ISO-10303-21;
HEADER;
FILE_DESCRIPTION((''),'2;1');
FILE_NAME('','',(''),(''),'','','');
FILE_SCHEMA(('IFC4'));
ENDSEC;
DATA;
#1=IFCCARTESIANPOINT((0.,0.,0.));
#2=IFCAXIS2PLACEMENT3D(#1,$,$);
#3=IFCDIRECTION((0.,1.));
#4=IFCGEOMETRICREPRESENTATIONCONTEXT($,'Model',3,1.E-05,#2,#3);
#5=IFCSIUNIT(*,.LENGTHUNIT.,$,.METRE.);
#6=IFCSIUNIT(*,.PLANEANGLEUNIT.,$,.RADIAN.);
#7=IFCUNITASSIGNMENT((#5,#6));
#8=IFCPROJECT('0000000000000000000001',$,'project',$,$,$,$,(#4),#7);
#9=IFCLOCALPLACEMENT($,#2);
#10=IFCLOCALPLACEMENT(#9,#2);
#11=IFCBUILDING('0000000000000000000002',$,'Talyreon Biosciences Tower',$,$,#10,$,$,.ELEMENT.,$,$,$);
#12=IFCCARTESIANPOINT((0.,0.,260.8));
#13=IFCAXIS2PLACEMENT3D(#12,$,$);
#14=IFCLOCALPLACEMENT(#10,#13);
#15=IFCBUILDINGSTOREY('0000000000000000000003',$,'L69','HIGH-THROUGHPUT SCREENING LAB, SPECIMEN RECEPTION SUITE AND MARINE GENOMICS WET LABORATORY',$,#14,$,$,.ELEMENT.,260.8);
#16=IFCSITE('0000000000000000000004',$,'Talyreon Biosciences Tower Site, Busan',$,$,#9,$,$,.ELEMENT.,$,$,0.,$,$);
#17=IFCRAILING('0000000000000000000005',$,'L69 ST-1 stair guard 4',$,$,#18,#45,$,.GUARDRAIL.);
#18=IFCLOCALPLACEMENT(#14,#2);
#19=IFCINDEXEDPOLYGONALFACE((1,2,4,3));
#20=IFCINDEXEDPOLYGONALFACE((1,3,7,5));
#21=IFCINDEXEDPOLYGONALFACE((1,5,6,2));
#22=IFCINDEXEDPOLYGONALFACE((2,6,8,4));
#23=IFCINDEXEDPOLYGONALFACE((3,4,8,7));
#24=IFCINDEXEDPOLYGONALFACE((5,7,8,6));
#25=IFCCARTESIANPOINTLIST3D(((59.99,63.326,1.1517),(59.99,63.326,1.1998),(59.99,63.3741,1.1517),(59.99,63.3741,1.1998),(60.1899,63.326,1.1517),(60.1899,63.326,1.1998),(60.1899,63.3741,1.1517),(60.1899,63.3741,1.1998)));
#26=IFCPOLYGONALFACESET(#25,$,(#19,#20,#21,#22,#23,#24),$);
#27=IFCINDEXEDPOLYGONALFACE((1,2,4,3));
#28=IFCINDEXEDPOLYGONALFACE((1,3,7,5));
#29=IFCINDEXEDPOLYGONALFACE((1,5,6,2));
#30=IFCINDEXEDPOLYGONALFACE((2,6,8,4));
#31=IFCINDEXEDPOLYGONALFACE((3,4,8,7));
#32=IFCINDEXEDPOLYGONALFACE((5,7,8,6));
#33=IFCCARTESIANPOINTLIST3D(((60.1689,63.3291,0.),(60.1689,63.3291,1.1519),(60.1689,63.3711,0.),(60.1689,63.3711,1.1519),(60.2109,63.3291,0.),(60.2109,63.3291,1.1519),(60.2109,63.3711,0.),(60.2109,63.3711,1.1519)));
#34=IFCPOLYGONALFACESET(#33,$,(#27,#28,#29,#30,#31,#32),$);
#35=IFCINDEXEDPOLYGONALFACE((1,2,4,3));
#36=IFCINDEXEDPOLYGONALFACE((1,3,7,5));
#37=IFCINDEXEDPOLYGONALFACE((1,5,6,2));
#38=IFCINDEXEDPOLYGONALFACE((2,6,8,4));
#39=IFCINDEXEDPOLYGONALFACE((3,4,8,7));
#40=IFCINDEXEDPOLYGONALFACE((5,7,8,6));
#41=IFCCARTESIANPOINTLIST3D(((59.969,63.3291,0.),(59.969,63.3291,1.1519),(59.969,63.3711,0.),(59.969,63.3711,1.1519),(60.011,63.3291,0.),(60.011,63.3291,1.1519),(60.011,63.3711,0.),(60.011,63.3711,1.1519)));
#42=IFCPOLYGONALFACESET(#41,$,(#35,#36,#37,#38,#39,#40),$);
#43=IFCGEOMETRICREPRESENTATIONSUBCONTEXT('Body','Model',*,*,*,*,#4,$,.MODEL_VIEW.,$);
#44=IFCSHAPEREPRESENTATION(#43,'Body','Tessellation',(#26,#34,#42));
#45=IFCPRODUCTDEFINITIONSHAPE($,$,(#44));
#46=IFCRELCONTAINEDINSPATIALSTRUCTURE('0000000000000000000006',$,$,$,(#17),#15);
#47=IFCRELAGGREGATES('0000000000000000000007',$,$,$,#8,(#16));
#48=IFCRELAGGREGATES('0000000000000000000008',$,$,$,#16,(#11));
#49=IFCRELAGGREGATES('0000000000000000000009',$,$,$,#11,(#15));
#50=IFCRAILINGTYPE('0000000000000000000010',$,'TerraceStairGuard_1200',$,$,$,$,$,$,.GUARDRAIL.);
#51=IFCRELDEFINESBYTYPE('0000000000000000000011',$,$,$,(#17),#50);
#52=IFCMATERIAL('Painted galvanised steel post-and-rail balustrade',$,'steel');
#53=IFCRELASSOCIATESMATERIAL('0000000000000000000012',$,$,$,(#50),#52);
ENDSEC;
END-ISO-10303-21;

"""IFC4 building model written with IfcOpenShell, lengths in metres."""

from ifc_helpers import new_model, si_unit, direction, frame, origin, origin_2d, place, context, subcontext, project, spatial, rectangle, extrude, material, type_object, element, save


model = new_model("IFC4")

# Units and contexts
model_context = context("Model", 3, precision=1e-05, world=origin(), true_north=direction((0.0, 1.0)))
body_context = subcontext(model_context, "Body", "Model", "MODEL_VIEW")
ifc_project = project(units=[si_unit("LENGTHUNIT", "METRE"), si_unit("PLANEANGLEUNIT", "RADIAN")], contexts=[model_context])

# Site, building, storey
site_placement = place(None, origin())
site = spatial("IfcSite", under=ifc_project, at=site_placement, Name="Talyreon Biosciences Tower Site, Busan", CompositionType="ELEMENT", RefElevation=0.0)
building_placement = place(site_placement, origin())
building = spatial("IfcBuilding", under=site, at=building_placement, Name="Talyreon Biosciences Tower", CompositionType="ELEMENT")
storey_placement = place(building_placement, frame((0.0, 0.0, 260.8)))
storey = spatial("IfcBuildingStorey", under=building, at=storey_placement, Name="L69", Description="HIGH-THROUGHPUT SCREENING LAB, SPECIMEN RECEPTION SUITE AND MARINE GENOMICS WET LABORATORY", CompositionType="ELEMENT", Elevation=260.8)

# Railing
ifc_material_1 = material(Name="Painted galvanised steel post-and-rail balustrade", Category="steel")
railing_type_1 = type_object("IfcRailingType", Name="TerraceStairGuard_1200", PredefinedType="GUARDRAIL", material=ifc_material_1)
railing_1_placement = place(storey_placement, frame((60.1899, 63.3501, 0.0)))
element("IfcRailing", 1, at=railing_1_placement, inside=storey, type_object=railing_type_1, Name="L69 ST-1 stair guard 4", PredefinedType="GUARDRAIL", context=body_context, shape_type="SweptSolid", body=[
    extrude(rectangle(XDim=0.0481, YDim=0.0481, at=origin_2d()), frame((0.0, 0.0, 1.1758), z_axis=(-1.0, 0.0, 0.0), x_axis=(0.0, -1.0, 0.0)), (0.0, 0.0, 1.0), 0.2),
    extrude(rectangle(XDim=0.042, YDim=0.042, at=origin_2d()), origin(), (0.0, 0.0, 1.0), 1.1519),
    extrude(rectangle(XDim=0.042, YDim=0.042, at=origin_2d()), frame((-0.2, 0.0, 0.0)), (0.0, 0.0, 1.0), 1.1519),
])

save(model, "model.ifc")
